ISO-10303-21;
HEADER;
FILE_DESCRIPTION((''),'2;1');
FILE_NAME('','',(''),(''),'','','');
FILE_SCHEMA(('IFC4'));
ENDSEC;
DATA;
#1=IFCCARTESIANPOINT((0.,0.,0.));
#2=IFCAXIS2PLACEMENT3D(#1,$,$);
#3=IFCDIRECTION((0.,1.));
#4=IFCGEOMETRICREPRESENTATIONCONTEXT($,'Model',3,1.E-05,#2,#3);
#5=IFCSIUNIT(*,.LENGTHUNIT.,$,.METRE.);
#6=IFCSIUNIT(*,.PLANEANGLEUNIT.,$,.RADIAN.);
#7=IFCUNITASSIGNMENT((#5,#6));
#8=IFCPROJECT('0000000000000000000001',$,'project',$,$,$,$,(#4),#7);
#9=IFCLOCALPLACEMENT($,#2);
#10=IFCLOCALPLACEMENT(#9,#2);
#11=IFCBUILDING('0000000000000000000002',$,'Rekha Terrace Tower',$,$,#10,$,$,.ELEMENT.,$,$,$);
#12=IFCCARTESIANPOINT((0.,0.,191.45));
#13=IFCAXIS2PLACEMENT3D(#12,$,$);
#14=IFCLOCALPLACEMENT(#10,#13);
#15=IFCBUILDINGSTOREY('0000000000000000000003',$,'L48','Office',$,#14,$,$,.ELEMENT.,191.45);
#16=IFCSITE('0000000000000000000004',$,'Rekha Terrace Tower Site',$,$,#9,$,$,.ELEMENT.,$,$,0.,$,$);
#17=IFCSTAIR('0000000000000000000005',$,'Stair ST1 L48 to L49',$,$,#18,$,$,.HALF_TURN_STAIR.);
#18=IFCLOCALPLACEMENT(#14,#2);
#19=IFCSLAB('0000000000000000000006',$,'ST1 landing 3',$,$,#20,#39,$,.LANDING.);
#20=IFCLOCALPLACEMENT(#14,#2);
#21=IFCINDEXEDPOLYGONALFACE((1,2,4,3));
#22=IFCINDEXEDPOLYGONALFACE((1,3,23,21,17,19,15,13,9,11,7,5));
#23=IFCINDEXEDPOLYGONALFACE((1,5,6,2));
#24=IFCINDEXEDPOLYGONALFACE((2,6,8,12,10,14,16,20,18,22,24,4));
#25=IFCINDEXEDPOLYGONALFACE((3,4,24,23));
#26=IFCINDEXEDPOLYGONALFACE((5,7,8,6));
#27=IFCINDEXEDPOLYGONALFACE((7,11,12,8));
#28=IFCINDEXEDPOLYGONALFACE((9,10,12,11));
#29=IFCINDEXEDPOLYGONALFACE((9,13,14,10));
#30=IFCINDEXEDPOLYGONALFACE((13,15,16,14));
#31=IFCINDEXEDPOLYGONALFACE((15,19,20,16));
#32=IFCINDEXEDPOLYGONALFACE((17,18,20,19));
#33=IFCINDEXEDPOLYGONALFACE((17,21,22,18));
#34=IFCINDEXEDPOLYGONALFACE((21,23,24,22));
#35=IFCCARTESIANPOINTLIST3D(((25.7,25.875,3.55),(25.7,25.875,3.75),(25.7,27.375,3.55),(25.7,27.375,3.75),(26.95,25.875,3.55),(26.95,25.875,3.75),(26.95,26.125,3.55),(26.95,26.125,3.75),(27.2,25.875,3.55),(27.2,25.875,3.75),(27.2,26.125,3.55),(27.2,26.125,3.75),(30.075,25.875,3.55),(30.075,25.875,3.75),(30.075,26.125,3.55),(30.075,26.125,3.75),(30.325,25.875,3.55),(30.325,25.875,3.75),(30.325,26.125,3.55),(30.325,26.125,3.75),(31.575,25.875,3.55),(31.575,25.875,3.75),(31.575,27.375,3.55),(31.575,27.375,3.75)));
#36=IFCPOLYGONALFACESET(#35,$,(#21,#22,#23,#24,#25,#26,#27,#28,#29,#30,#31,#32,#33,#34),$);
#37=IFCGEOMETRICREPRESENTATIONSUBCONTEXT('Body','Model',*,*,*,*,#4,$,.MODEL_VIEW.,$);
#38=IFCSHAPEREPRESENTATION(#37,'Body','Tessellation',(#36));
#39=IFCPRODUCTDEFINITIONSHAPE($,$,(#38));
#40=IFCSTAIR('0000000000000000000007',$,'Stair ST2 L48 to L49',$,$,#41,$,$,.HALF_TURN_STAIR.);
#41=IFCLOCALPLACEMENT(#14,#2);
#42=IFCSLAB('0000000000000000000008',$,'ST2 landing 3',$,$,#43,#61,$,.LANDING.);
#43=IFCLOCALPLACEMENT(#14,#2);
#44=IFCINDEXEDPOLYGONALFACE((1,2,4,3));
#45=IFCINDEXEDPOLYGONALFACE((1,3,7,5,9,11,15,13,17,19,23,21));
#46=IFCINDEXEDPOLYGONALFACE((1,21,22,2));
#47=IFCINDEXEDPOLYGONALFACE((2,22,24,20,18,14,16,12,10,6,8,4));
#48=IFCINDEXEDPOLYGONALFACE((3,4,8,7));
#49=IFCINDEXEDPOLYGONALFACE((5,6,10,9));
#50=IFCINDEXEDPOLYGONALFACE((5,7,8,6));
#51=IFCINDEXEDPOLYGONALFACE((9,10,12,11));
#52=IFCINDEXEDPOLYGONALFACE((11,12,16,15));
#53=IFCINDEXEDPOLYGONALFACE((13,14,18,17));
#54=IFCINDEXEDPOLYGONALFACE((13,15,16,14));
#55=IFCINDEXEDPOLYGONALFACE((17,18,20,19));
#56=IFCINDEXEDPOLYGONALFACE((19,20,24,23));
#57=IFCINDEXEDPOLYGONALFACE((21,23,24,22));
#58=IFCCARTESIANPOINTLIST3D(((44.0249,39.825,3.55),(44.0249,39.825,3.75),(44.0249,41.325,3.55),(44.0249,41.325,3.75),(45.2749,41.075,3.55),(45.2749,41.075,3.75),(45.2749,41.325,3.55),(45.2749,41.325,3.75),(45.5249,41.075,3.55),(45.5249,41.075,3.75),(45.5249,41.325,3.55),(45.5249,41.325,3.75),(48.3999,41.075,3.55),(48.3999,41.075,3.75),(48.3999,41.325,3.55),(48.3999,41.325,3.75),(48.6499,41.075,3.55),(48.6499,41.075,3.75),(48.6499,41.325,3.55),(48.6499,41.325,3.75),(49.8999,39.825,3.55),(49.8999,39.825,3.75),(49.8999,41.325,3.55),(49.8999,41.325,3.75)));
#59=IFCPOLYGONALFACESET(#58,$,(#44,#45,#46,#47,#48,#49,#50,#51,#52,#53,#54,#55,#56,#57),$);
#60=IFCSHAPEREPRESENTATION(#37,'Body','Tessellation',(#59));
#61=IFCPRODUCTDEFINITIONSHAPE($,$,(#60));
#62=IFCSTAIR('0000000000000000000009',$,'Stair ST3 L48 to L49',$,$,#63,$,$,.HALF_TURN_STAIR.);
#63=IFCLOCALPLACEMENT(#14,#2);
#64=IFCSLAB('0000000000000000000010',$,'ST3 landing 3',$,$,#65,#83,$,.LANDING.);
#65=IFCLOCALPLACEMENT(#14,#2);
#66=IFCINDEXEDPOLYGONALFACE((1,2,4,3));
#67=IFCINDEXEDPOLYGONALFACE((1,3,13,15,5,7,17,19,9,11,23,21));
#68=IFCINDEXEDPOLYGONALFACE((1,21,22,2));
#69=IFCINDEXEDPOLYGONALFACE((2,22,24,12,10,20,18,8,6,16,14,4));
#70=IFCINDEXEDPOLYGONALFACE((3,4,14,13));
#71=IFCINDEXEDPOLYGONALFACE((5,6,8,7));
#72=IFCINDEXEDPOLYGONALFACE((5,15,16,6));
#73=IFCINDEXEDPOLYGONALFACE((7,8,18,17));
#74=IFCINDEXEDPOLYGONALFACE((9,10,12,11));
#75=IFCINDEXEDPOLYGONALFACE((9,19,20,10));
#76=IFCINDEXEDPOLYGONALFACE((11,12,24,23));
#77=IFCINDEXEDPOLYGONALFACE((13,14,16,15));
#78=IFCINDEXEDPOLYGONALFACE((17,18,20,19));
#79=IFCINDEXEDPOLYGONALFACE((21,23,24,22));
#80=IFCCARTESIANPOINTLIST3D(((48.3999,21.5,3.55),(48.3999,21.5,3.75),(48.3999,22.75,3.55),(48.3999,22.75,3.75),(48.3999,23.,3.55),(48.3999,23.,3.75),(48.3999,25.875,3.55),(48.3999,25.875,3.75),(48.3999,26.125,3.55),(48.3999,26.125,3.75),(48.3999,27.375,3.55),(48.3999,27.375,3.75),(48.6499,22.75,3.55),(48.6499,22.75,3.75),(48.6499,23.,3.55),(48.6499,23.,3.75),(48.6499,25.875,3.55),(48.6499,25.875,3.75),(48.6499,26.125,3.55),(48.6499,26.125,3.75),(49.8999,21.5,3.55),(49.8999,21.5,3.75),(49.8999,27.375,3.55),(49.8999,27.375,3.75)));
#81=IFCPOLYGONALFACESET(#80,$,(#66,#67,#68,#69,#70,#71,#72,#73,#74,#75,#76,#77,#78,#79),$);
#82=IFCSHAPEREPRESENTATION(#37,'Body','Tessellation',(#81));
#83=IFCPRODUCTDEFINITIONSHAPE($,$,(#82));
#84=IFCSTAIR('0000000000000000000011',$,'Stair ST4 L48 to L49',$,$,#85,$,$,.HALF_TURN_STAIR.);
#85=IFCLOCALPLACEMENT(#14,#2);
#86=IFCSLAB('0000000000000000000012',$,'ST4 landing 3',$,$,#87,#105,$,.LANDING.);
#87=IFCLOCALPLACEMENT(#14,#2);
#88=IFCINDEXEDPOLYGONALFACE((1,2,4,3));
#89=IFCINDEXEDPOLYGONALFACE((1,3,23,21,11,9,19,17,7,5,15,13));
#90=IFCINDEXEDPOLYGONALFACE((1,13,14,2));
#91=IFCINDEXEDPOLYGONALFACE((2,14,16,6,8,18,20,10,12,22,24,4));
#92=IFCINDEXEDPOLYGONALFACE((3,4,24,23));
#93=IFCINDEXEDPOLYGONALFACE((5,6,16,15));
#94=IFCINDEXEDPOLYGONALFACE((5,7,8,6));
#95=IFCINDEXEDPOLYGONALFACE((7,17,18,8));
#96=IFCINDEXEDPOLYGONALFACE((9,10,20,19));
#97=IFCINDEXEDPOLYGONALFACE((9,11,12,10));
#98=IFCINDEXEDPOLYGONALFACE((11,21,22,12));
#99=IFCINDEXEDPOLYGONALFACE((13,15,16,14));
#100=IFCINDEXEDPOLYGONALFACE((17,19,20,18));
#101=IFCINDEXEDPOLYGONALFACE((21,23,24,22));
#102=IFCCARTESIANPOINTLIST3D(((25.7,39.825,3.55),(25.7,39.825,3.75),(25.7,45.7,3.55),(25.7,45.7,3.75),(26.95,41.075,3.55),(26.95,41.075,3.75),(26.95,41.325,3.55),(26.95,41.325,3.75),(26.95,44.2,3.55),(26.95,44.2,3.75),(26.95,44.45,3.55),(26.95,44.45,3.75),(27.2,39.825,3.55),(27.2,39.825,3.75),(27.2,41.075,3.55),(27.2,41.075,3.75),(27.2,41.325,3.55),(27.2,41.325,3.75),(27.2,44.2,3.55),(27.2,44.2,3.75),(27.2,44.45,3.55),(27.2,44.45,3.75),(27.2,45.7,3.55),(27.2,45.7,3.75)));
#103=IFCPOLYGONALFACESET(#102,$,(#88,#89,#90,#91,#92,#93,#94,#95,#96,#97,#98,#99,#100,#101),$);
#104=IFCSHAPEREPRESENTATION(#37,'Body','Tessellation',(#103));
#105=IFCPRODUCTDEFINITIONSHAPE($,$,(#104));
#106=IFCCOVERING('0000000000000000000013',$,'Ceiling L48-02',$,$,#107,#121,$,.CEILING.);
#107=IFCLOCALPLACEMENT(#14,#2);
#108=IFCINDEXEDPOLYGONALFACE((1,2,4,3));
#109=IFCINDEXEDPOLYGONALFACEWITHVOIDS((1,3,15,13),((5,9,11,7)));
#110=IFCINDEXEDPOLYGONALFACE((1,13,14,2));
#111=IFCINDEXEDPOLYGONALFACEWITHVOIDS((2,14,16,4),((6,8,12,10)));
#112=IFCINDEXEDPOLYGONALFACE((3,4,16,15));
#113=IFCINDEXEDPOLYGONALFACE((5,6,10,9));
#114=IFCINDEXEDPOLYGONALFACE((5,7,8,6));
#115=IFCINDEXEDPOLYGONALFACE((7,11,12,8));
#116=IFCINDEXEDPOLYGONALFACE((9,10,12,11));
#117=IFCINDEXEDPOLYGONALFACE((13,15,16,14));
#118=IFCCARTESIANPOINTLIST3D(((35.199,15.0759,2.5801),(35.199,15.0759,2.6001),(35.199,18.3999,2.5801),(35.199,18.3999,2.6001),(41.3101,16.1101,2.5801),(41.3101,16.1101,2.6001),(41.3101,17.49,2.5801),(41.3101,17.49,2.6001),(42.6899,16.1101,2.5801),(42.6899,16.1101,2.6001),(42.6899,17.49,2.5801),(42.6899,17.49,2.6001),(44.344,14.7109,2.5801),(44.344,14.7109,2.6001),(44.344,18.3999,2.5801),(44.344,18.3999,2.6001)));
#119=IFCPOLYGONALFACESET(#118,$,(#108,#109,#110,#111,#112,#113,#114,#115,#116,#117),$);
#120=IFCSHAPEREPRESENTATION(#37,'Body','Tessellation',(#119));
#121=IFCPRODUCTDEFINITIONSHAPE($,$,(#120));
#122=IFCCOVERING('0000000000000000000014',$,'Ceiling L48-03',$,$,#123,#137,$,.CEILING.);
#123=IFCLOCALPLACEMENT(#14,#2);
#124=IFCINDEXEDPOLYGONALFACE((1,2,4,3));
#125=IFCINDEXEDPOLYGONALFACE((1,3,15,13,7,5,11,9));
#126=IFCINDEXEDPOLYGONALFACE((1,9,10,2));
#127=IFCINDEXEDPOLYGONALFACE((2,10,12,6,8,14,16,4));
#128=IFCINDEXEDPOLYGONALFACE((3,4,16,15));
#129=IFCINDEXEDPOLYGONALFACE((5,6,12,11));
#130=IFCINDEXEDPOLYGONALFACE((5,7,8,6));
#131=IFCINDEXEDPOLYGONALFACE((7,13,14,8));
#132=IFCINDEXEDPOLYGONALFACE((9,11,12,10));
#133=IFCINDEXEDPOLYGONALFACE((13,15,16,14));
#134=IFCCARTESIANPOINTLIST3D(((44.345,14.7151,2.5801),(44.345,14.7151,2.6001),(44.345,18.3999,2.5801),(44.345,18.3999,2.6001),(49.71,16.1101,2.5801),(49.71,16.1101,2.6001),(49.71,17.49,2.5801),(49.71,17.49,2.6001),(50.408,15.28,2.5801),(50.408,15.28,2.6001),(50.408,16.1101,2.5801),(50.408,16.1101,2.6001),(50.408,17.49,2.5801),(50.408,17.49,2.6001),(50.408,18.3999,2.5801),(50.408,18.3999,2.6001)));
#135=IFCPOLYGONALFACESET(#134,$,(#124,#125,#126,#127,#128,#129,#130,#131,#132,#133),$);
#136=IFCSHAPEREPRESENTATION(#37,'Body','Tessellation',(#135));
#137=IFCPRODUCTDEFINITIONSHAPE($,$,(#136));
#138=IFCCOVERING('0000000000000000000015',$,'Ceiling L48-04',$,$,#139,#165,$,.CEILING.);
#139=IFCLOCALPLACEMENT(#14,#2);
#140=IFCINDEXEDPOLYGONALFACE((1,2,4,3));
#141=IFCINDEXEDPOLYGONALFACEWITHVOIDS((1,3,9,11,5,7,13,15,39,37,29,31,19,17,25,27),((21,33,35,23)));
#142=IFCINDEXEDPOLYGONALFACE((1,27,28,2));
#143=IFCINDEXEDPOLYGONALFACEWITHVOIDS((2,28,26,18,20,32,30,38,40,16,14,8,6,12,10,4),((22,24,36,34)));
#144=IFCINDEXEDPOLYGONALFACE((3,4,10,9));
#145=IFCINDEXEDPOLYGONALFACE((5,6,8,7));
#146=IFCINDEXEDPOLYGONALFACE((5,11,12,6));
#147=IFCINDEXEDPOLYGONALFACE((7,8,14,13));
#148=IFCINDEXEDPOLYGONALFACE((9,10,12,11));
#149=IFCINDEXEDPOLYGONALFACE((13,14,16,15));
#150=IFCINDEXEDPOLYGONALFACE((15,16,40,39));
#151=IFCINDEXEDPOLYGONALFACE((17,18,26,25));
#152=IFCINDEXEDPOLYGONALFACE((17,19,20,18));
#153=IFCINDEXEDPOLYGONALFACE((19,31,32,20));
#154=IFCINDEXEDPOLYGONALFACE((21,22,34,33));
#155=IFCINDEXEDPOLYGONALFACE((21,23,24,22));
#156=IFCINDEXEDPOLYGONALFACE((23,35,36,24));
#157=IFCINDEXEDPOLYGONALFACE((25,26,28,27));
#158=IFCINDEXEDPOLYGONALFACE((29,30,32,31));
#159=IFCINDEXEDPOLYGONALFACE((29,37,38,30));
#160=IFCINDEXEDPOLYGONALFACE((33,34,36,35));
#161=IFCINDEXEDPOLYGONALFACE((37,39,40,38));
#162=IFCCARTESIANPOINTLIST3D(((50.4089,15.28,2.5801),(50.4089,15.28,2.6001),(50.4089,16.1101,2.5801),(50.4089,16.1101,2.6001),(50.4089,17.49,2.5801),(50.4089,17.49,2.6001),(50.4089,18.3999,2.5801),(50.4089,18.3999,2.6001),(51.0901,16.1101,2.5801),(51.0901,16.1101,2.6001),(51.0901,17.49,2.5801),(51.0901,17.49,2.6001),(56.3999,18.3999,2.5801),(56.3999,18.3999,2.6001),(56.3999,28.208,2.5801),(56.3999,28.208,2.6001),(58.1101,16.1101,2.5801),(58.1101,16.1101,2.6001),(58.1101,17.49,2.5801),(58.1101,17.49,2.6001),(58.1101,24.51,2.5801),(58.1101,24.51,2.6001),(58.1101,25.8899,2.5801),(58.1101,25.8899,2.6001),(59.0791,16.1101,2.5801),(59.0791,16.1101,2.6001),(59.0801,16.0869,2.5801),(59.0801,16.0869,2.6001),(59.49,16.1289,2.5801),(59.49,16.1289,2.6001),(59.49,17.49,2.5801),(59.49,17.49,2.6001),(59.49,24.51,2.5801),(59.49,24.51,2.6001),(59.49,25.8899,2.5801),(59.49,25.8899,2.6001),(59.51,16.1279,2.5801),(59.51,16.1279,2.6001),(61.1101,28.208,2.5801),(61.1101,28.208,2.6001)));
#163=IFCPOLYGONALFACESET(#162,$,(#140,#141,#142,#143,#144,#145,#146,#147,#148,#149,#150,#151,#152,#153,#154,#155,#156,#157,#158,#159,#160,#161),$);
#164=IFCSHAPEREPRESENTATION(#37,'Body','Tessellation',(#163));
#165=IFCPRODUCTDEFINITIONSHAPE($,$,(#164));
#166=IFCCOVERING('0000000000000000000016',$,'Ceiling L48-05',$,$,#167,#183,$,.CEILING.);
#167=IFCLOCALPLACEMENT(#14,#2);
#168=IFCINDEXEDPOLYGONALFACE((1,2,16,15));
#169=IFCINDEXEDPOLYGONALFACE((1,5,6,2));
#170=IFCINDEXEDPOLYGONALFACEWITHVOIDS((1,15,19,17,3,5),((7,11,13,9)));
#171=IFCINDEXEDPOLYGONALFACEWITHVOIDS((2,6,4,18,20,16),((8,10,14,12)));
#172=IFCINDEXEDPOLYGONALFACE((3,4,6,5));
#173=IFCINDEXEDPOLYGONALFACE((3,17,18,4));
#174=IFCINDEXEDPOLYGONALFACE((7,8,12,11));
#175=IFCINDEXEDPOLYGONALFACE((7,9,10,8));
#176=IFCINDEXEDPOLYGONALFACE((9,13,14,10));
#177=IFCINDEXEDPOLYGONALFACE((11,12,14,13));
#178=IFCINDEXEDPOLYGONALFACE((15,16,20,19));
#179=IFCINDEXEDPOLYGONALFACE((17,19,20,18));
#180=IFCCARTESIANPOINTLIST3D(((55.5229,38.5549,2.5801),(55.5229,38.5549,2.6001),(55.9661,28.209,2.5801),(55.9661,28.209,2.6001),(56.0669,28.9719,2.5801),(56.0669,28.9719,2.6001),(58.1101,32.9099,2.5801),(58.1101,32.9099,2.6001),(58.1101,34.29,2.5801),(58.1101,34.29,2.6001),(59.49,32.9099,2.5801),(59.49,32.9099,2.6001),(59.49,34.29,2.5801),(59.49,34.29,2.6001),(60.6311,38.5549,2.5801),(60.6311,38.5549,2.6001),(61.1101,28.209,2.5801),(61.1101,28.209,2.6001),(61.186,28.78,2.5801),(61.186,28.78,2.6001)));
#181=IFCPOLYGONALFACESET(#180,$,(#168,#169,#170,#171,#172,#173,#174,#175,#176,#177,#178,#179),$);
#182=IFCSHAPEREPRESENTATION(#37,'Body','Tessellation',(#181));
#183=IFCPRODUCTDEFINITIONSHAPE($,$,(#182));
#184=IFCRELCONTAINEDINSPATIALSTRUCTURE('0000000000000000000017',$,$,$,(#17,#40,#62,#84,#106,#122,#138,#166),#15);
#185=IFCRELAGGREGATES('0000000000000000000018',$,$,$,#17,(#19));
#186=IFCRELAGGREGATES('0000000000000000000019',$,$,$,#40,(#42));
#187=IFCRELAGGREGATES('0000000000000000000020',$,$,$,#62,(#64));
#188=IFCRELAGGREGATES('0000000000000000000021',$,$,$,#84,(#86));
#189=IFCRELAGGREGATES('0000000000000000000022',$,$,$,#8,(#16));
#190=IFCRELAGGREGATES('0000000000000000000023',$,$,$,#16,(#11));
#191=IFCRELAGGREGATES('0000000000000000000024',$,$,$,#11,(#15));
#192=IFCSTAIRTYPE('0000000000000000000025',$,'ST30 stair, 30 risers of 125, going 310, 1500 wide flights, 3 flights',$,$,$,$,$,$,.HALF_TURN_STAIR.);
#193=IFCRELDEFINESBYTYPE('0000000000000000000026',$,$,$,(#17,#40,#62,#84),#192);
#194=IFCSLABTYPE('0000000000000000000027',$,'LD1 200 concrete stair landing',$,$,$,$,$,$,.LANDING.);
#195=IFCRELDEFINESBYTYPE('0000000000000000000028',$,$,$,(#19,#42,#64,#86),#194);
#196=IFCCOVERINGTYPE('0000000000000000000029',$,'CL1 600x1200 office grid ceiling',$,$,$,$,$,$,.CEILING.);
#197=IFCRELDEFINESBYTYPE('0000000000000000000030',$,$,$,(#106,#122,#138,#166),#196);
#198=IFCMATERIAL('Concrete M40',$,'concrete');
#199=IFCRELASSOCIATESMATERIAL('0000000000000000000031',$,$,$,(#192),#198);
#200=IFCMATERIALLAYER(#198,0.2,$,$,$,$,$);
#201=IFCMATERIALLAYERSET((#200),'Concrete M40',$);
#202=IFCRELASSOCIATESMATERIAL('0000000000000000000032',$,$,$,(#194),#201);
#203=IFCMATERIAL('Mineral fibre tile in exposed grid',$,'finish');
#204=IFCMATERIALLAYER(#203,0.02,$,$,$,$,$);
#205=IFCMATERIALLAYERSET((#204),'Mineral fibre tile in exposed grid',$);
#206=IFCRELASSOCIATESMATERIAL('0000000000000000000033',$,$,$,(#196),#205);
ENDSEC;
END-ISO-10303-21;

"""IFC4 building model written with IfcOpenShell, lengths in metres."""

from ifc_helpers import new_model, si_unit, direction, frame, origin, place, context, subcontext, project, spatial, polyline, outline, extrude, material, layer, layer_set, type_object, element, aggregate, save


model = new_model("IFC4")

# Units and contexts
model_context = context("Model", 3, precision=1e-05, world=origin(), true_north=direction((0.0, 1.0)))
body_context = subcontext(model_context, "Body", "Model", "MODEL_VIEW")
ifc_project = project(units=[si_unit("LENGTHUNIT", "METRE"), si_unit("PLANEANGLEUNIT", "RADIAN")], contexts=[model_context])

# Site, building, storey
site_placement = place(None, origin())
site = spatial("IfcSite", under=ifc_project, at=site_placement, Name="Rekha Terrace Tower Site", CompositionType="ELEMENT", RefElevation=0.0)
building_placement = place(site_placement, origin())
building = spatial("IfcBuilding", under=site, at=building_placement, Name="Rekha Terrace Tower", CompositionType="ELEMENT")
storey_placement = place(building_placement, frame((0.0, 0.0, 191.45)))
storey = spatial("IfcBuildingStorey", under=building, at=storey_placement, Name="L48", Description="Office", CompositionType="ELEMENT", Elevation=191.45)

# Stairs, slabs
ifc_material_1 = material(Name="Concrete M40", Category="concrete")
stair_type = type_object("IfcStairType", Name="ST30 stair, 30 risers of 125, going 310, 1500 wide flights, 3 flights", PredefinedType="HALF_TURN_STAIR", material=ifc_material_1)
stair_1_placement = place(storey_placement, origin())
stair_1 = element("IfcStair", 1, at=stair_1_placement, inside=storey, type_object=stair_type, Name="Stair ST1 L48 to L49", PredefinedType="HALF_TURN_STAIR")
ifc_layer_1 = layer(ifc_material_1, 0.2)
ifc_layer_set_1 = layer_set([ifc_layer_1], Name="Concrete M40")
slab_type = type_object("IfcSlabType", Name="LD1 200 concrete stair landing", PredefinedType="LANDING", material=ifc_layer_set_1)
slab_1_placement = place(storey_placement, frame((0.0, 0.0, 3.55)))
slab_1 = element("IfcSlab", 2, at=slab_1_placement, type_object=slab_type, Name="ST1 landing 3", PredefinedType="LANDING", context=body_context, shape_type="SweptSolid", body=[
    extrude(outline(polyline([(31.575, 25.875), (31.575, 27.375), (25.7, 27.375), (25.7, 25.875), (26.95, 25.875), (26.95, 26.125), (27.2, 26.125), (27.2, 25.875), (30.075, 25.875), (30.075, 26.125), (30.325, 26.125), (30.325, 25.875), (31.575, 25.875)])), origin(), (0.0, 0.0, 1.0), 0.2),
])
aggregate(stair_1, [slab_1])
stair_2_placement = place(storey_placement, origin())
stair_2 = element("IfcStair", 3, at=stair_2_placement, inside=storey, type_object=stair_type, Name="Stair ST2 L48 to L49", PredefinedType="HALF_TURN_STAIR")
slab_2_placement = place(storey_placement, frame((0.0, 0.0, 3.55)))
slab_2 = element("IfcSlab", 4, at=slab_2_placement, type_object=slab_type, Name="ST2 landing 3", PredefinedType="LANDING", context=body_context, shape_type="SweptSolid", body=[
    extrude(outline(polyline([(44.0249, 41.325), (44.0249, 39.825), (49.8999, 39.825), (49.8999, 41.325), (48.6499, 41.325), (48.6499, 41.075), (48.3999, 41.075), (48.3999, 41.325), (45.5249, 41.325), (45.5249, 41.075), (45.2749, 41.075), (45.2749, 41.325), (44.0249, 41.325)])), origin(), (0.0, 0.0, 1.0), 0.2),
])
aggregate(stair_2, [slab_2])
stair_3_placement = place(storey_placement, origin())
stair_3 = element("IfcStair", 5, at=stair_3_placement, inside=storey, type_object=stair_type, Name="Stair ST3 L48 to L49", PredefinedType="HALF_TURN_STAIR")
slab_3_placement = place(storey_placement, frame((0.0, 0.0, 3.55)))
slab_3 = element("IfcSlab", 6, at=slab_3_placement, type_object=slab_type, Name="ST3 landing 3", PredefinedType="LANDING", context=body_context, shape_type="SweptSolid", body=[
    extrude(outline(polyline([(48.3999, 21.5), (49.8999, 21.5), (49.8999, 27.375), (48.3999, 27.375), (48.3999, 26.125), (48.6499, 26.125), (48.6499, 25.875), (48.3999, 25.875), (48.3999, 23.0), (48.6499, 23.0), (48.6499, 22.75), (48.3999, 22.75), (48.3999, 21.5)])), origin(), (0.0, 0.0, 1.0), 0.2),
])
aggregate(stair_3, [slab_3])
stair_4_placement = place(storey_placement, origin())
stair_4 = element("IfcStair", 7, at=stair_4_placement, inside=storey, type_object=stair_type, Name="Stair ST4 L48 to L49", PredefinedType="HALF_TURN_STAIR")
slab_4_placement = place(storey_placement, frame((0.0, 0.0, 3.55)))
slab_4 = element("IfcSlab", 8, at=slab_4_placement, type_object=slab_type, Name="ST4 landing 3", PredefinedType="LANDING", context=body_context, shape_type="SweptSolid", body=[
    extrude(outline(polyline([(27.2, 39.825), (25.7, 39.825), (25.7, 45.7), (27.2, 45.7), (27.2, 44.45), (26.95, 44.45), (26.95, 44.2), (27.2, 44.2), (27.2, 41.325), (26.95, 41.325), (26.95, 41.075), (27.2, 41.075), (27.2, 39.825)])), origin(), (0.0, 0.0, 1.0), 0.2),
])
aggregate(stair_4, [slab_4])

# Coverings
ifc_material_2 = material(Name="Mineral fibre tile in exposed grid", Category="finish")
ifc_layer_2 = layer(ifc_material_2, 0.02)
ifc_layer_set_2 = layer_set([ifc_layer_2], Name="Mineral fibre tile in exposed grid")
covering_type_1 = type_object("IfcCoveringType", Name="CL1 600x1200 office grid ceiling", PredefinedType="CEILING", material=ifc_layer_set_2)
covering_1_placement = place(storey_placement, frame((0.0, 0.0, 2.5801)))
element("IfcCovering", 9, at=covering_1_placement, inside=storey, type_object=covering_type_1, Name="Ceiling L48-02", PredefinedType="CEILING", context=body_context, shape_type="SweptSolid", body=[
    extrude(outline(polyline([(44.344, 18.3999), (35.199, 18.3999), (35.199, 15.0759), (44.344, 14.7109), (44.344, 18.3999)]), holes=[polyline([(42.6899, 17.49), (42.6899, 16.1101), (41.3101, 16.1101), (41.3101, 17.49), (42.6899, 17.49)])]), origin(), (0.0, 0.0, 1.0), 0.02),
])
covering_2_placement = place(storey_placement, frame((0.0, 0.0, 2.5801)))
element("IfcCovering", 10, at=covering_2_placement, inside=storey, type_object=covering_type_1, Name="Ceiling L48-03", PredefinedType="CEILING", context=body_context, shape_type="SweptSolid", body=[
    extrude(outline(polyline([(50.408, 17.49), (50.408, 18.3999), (44.345, 18.3999), (44.345, 14.7151), (50.408, 15.28), (50.408, 16.1101), (49.71, 16.1101), (49.71, 17.49), (50.408, 17.49)])), origin(), (0.0, 0.0, 1.0), 0.02),
])
covering_3_placement = place(storey_placement, frame((0.0, 0.0, 2.5801)))
element("IfcCovering", 11, at=covering_3_placement, inside=storey, type_object=covering_type_1, Name="Ceiling L48-04", PredefinedType="CEILING", context=body_context, shape_type="SweptSolid", body=[
    extrude(outline(polyline([(59.49, 16.1289), (59.51, 16.1279), (61.1101, 28.208), (56.3999, 28.208), (56.3999, 18.3999), (50.4089, 18.3999), (50.4089, 17.49), (51.0901, 17.49), (51.0901, 16.1101), (50.4089, 16.1101), (50.4089, 15.28), (59.0801, 16.0869), (59.0791, 16.1101), (58.1101, 16.1101), (58.1101, 17.49), (59.49, 17.49), (59.49, 16.1289)]), holes=[polyline([(59.49, 24.51), (58.1101, 24.51), (58.1101, 25.8899), (59.49, 25.8899), (59.49, 24.51)])]), origin(), (0.0, 0.0, 1.0), 0.02),
])
covering_4_placement = place(storey_placement, frame((0.0, 0.0, 2.5801)))
element("IfcCovering", 12, at=covering_4_placement, inside=storey, type_object=covering_type_1, Name="Ceiling L48-05", PredefinedType="CEILING", context=body_context, shape_type="SweptSolid", body=[
    extrude(outline(polyline([(61.186, 28.78), (60.6311, 38.5549), (55.5229, 38.5549), (56.0669, 28.9719), (55.9661, 28.209), (61.1101, 28.209), (61.186, 28.78)]), holes=[polyline([(59.49, 34.29), (59.49, 32.9099), (58.1101, 32.9099), (58.1101, 34.29), (59.49, 34.29)])]), origin(), (0.0, 0.0, 1.0), 0.02),
])

save(model, "model.ifc")
